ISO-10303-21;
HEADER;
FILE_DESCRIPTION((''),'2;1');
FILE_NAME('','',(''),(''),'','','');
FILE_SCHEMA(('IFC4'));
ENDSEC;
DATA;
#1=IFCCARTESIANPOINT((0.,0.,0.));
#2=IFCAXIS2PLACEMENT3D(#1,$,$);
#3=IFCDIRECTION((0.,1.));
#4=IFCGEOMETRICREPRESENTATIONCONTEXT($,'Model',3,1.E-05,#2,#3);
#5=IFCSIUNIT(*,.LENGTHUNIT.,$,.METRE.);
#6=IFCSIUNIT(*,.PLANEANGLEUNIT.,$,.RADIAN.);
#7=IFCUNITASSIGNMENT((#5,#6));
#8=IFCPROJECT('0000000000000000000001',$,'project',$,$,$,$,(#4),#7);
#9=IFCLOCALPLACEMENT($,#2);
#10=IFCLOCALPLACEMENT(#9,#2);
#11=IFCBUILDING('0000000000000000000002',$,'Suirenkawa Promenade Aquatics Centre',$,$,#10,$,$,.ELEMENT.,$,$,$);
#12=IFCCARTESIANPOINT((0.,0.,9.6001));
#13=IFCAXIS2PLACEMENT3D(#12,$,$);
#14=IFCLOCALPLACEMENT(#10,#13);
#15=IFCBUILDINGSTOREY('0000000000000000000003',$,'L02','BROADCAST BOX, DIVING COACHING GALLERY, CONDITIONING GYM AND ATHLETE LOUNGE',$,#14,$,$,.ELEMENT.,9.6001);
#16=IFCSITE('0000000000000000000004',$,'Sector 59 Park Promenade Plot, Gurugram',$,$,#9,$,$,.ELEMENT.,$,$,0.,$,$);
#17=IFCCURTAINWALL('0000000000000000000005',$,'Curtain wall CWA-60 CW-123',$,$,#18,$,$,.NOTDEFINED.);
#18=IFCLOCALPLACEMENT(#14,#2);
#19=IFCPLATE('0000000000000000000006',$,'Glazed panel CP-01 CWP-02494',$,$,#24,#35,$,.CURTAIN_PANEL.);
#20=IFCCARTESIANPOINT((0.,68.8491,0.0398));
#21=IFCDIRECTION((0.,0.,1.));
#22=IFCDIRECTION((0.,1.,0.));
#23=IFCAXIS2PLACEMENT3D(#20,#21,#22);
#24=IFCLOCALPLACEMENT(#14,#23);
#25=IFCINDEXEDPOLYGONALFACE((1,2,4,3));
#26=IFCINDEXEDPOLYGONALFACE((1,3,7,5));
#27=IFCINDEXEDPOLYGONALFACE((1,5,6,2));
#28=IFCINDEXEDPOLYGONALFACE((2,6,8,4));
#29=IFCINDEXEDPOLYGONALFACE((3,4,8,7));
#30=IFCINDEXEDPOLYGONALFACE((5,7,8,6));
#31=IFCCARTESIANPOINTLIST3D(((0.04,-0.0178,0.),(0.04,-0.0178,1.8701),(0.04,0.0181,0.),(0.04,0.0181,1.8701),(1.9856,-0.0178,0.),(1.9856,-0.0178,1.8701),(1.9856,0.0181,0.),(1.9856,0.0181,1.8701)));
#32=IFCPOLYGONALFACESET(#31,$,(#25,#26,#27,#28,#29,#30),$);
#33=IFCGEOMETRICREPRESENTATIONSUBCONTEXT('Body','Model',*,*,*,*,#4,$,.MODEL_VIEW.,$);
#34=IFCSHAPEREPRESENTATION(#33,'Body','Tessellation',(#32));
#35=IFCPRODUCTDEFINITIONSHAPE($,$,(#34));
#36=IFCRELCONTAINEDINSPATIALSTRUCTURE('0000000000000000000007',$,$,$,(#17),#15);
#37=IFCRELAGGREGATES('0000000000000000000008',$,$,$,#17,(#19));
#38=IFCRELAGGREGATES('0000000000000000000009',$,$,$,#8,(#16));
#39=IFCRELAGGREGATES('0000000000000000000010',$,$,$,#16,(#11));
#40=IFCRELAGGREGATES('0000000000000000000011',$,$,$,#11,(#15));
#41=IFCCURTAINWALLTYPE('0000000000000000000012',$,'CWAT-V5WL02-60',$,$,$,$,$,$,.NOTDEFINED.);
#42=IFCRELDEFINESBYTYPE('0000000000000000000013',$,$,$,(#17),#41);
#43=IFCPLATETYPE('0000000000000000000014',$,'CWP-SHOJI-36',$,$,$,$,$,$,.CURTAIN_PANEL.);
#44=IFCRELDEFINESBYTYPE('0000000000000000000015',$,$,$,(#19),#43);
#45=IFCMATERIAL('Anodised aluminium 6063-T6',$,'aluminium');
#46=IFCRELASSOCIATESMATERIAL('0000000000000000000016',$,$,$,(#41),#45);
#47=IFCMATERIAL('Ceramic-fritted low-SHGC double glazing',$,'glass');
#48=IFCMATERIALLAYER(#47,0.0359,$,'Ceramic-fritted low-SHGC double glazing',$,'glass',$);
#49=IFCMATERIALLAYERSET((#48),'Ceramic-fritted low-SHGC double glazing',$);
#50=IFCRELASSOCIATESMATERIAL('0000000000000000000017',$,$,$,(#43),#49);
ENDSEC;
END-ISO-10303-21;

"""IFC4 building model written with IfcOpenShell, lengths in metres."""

from ifc_helpers import new_model, si_unit, direction, frame, origin, place, context, subcontext, project, spatial, polyline, outline, extrude, material, layer, layer_set, type_object, element, aggregate, save


model = new_model("IFC4")

# Units and contexts
model_context = context("Model", 3, precision=1e-05, world=origin(), true_north=direction((0.0, 1.0)))
body_context = subcontext(model_context, "Body", "Model", "MODEL_VIEW")
ifc_project = project(units=[si_unit("LENGTHUNIT", "METRE"), si_unit("PLANEANGLEUNIT", "RADIAN")], contexts=[model_context])

# Site, building, storey
site_placement = place(None, origin())
site = spatial("IfcSite", under=ifc_project, at=site_placement, Name="Sector 59 Park Promenade Plot, Gurugram", CompositionType="ELEMENT", RefElevation=0.0)
building_placement = place(site_placement, origin())
building = spatial("IfcBuilding", under=site, at=building_placement, Name="Suirenkawa Promenade Aquatics Centre", CompositionType="ELEMENT")
storey_placement = place(building_placement, frame((0.0, 0.0, 9.6001)))
storey = spatial("IfcBuildingStorey", under=building, at=storey_placement, Name="L02", Description="BROADCAST BOX, DIVING COACHING GALLERY, CONDITIONING GYM AND ATHLETE LOUNGE", CompositionType="ELEMENT", Elevation=9.6001)

# Curtain wall, plate
ifc_material_1 = material(Name="Anodised aluminium 6063-T6", Category="aluminium")
curtain_wall_type = type_object("IfcCurtainWallType", Name="CWAT-V5WL02-60", PredefinedType="NOTDEFINED", material=ifc_material_1)
curtain_wall_placement = place(storey_placement, origin())
curtain_wall = element("IfcCurtainWall", 1, at=curtain_wall_placement, inside=storey, type_object=curtain_wall_type, Name="Curtain wall CWA-60 CW-123", PredefinedType="NOTDEFINED")
ifc_material_2 = material(Name="Ceramic-fritted low-SHGC double glazing", Category="glass")
ifc_layer_1 = layer(ifc_material_2, 0.0359, Name="Ceramic-fritted low-SHGC double glazing", Category="glass")
ifc_layer_set_1 = layer_set([ifc_layer_1], Name="Ceramic-fritted low-SHGC double glazing")
plate_type = type_object("IfcPlateType", Name="CWP-SHOJI-36", PredefinedType="CURTAIN_PANEL", material=ifc_layer_set_1)
plate_placement = place(storey_placement, frame((0.0, 68.8491, 0.0398), z_axis=(0.0, 0.0, 1.0), x_axis=(0.0, 1.0, 0.0)))
plate = element("IfcPlate", 2, at=plate_placement, type_object=plate_type, Name="Glazed panel CP-01 CWP-02494", PredefinedType="CURTAIN_PANEL", context=body_context, shape_type="SweptSolid", body=[
    extrude(outline(polyline([(0.04, 0.0), (1.9856, 0.0), (1.9856, 1.8701), (0.04, 1.8701), (0.04, 0.0)])), frame((0.0, 0.0181, 0.0), z_axis=(0.0, -1.0, 0.0), x_axis=(1.0, 0.0, 0.0)), (0.0, 0.0, 1.0), 0.0359),
])
aggregate(curtain_wall, [plate])

save(model, "model.ifc")
